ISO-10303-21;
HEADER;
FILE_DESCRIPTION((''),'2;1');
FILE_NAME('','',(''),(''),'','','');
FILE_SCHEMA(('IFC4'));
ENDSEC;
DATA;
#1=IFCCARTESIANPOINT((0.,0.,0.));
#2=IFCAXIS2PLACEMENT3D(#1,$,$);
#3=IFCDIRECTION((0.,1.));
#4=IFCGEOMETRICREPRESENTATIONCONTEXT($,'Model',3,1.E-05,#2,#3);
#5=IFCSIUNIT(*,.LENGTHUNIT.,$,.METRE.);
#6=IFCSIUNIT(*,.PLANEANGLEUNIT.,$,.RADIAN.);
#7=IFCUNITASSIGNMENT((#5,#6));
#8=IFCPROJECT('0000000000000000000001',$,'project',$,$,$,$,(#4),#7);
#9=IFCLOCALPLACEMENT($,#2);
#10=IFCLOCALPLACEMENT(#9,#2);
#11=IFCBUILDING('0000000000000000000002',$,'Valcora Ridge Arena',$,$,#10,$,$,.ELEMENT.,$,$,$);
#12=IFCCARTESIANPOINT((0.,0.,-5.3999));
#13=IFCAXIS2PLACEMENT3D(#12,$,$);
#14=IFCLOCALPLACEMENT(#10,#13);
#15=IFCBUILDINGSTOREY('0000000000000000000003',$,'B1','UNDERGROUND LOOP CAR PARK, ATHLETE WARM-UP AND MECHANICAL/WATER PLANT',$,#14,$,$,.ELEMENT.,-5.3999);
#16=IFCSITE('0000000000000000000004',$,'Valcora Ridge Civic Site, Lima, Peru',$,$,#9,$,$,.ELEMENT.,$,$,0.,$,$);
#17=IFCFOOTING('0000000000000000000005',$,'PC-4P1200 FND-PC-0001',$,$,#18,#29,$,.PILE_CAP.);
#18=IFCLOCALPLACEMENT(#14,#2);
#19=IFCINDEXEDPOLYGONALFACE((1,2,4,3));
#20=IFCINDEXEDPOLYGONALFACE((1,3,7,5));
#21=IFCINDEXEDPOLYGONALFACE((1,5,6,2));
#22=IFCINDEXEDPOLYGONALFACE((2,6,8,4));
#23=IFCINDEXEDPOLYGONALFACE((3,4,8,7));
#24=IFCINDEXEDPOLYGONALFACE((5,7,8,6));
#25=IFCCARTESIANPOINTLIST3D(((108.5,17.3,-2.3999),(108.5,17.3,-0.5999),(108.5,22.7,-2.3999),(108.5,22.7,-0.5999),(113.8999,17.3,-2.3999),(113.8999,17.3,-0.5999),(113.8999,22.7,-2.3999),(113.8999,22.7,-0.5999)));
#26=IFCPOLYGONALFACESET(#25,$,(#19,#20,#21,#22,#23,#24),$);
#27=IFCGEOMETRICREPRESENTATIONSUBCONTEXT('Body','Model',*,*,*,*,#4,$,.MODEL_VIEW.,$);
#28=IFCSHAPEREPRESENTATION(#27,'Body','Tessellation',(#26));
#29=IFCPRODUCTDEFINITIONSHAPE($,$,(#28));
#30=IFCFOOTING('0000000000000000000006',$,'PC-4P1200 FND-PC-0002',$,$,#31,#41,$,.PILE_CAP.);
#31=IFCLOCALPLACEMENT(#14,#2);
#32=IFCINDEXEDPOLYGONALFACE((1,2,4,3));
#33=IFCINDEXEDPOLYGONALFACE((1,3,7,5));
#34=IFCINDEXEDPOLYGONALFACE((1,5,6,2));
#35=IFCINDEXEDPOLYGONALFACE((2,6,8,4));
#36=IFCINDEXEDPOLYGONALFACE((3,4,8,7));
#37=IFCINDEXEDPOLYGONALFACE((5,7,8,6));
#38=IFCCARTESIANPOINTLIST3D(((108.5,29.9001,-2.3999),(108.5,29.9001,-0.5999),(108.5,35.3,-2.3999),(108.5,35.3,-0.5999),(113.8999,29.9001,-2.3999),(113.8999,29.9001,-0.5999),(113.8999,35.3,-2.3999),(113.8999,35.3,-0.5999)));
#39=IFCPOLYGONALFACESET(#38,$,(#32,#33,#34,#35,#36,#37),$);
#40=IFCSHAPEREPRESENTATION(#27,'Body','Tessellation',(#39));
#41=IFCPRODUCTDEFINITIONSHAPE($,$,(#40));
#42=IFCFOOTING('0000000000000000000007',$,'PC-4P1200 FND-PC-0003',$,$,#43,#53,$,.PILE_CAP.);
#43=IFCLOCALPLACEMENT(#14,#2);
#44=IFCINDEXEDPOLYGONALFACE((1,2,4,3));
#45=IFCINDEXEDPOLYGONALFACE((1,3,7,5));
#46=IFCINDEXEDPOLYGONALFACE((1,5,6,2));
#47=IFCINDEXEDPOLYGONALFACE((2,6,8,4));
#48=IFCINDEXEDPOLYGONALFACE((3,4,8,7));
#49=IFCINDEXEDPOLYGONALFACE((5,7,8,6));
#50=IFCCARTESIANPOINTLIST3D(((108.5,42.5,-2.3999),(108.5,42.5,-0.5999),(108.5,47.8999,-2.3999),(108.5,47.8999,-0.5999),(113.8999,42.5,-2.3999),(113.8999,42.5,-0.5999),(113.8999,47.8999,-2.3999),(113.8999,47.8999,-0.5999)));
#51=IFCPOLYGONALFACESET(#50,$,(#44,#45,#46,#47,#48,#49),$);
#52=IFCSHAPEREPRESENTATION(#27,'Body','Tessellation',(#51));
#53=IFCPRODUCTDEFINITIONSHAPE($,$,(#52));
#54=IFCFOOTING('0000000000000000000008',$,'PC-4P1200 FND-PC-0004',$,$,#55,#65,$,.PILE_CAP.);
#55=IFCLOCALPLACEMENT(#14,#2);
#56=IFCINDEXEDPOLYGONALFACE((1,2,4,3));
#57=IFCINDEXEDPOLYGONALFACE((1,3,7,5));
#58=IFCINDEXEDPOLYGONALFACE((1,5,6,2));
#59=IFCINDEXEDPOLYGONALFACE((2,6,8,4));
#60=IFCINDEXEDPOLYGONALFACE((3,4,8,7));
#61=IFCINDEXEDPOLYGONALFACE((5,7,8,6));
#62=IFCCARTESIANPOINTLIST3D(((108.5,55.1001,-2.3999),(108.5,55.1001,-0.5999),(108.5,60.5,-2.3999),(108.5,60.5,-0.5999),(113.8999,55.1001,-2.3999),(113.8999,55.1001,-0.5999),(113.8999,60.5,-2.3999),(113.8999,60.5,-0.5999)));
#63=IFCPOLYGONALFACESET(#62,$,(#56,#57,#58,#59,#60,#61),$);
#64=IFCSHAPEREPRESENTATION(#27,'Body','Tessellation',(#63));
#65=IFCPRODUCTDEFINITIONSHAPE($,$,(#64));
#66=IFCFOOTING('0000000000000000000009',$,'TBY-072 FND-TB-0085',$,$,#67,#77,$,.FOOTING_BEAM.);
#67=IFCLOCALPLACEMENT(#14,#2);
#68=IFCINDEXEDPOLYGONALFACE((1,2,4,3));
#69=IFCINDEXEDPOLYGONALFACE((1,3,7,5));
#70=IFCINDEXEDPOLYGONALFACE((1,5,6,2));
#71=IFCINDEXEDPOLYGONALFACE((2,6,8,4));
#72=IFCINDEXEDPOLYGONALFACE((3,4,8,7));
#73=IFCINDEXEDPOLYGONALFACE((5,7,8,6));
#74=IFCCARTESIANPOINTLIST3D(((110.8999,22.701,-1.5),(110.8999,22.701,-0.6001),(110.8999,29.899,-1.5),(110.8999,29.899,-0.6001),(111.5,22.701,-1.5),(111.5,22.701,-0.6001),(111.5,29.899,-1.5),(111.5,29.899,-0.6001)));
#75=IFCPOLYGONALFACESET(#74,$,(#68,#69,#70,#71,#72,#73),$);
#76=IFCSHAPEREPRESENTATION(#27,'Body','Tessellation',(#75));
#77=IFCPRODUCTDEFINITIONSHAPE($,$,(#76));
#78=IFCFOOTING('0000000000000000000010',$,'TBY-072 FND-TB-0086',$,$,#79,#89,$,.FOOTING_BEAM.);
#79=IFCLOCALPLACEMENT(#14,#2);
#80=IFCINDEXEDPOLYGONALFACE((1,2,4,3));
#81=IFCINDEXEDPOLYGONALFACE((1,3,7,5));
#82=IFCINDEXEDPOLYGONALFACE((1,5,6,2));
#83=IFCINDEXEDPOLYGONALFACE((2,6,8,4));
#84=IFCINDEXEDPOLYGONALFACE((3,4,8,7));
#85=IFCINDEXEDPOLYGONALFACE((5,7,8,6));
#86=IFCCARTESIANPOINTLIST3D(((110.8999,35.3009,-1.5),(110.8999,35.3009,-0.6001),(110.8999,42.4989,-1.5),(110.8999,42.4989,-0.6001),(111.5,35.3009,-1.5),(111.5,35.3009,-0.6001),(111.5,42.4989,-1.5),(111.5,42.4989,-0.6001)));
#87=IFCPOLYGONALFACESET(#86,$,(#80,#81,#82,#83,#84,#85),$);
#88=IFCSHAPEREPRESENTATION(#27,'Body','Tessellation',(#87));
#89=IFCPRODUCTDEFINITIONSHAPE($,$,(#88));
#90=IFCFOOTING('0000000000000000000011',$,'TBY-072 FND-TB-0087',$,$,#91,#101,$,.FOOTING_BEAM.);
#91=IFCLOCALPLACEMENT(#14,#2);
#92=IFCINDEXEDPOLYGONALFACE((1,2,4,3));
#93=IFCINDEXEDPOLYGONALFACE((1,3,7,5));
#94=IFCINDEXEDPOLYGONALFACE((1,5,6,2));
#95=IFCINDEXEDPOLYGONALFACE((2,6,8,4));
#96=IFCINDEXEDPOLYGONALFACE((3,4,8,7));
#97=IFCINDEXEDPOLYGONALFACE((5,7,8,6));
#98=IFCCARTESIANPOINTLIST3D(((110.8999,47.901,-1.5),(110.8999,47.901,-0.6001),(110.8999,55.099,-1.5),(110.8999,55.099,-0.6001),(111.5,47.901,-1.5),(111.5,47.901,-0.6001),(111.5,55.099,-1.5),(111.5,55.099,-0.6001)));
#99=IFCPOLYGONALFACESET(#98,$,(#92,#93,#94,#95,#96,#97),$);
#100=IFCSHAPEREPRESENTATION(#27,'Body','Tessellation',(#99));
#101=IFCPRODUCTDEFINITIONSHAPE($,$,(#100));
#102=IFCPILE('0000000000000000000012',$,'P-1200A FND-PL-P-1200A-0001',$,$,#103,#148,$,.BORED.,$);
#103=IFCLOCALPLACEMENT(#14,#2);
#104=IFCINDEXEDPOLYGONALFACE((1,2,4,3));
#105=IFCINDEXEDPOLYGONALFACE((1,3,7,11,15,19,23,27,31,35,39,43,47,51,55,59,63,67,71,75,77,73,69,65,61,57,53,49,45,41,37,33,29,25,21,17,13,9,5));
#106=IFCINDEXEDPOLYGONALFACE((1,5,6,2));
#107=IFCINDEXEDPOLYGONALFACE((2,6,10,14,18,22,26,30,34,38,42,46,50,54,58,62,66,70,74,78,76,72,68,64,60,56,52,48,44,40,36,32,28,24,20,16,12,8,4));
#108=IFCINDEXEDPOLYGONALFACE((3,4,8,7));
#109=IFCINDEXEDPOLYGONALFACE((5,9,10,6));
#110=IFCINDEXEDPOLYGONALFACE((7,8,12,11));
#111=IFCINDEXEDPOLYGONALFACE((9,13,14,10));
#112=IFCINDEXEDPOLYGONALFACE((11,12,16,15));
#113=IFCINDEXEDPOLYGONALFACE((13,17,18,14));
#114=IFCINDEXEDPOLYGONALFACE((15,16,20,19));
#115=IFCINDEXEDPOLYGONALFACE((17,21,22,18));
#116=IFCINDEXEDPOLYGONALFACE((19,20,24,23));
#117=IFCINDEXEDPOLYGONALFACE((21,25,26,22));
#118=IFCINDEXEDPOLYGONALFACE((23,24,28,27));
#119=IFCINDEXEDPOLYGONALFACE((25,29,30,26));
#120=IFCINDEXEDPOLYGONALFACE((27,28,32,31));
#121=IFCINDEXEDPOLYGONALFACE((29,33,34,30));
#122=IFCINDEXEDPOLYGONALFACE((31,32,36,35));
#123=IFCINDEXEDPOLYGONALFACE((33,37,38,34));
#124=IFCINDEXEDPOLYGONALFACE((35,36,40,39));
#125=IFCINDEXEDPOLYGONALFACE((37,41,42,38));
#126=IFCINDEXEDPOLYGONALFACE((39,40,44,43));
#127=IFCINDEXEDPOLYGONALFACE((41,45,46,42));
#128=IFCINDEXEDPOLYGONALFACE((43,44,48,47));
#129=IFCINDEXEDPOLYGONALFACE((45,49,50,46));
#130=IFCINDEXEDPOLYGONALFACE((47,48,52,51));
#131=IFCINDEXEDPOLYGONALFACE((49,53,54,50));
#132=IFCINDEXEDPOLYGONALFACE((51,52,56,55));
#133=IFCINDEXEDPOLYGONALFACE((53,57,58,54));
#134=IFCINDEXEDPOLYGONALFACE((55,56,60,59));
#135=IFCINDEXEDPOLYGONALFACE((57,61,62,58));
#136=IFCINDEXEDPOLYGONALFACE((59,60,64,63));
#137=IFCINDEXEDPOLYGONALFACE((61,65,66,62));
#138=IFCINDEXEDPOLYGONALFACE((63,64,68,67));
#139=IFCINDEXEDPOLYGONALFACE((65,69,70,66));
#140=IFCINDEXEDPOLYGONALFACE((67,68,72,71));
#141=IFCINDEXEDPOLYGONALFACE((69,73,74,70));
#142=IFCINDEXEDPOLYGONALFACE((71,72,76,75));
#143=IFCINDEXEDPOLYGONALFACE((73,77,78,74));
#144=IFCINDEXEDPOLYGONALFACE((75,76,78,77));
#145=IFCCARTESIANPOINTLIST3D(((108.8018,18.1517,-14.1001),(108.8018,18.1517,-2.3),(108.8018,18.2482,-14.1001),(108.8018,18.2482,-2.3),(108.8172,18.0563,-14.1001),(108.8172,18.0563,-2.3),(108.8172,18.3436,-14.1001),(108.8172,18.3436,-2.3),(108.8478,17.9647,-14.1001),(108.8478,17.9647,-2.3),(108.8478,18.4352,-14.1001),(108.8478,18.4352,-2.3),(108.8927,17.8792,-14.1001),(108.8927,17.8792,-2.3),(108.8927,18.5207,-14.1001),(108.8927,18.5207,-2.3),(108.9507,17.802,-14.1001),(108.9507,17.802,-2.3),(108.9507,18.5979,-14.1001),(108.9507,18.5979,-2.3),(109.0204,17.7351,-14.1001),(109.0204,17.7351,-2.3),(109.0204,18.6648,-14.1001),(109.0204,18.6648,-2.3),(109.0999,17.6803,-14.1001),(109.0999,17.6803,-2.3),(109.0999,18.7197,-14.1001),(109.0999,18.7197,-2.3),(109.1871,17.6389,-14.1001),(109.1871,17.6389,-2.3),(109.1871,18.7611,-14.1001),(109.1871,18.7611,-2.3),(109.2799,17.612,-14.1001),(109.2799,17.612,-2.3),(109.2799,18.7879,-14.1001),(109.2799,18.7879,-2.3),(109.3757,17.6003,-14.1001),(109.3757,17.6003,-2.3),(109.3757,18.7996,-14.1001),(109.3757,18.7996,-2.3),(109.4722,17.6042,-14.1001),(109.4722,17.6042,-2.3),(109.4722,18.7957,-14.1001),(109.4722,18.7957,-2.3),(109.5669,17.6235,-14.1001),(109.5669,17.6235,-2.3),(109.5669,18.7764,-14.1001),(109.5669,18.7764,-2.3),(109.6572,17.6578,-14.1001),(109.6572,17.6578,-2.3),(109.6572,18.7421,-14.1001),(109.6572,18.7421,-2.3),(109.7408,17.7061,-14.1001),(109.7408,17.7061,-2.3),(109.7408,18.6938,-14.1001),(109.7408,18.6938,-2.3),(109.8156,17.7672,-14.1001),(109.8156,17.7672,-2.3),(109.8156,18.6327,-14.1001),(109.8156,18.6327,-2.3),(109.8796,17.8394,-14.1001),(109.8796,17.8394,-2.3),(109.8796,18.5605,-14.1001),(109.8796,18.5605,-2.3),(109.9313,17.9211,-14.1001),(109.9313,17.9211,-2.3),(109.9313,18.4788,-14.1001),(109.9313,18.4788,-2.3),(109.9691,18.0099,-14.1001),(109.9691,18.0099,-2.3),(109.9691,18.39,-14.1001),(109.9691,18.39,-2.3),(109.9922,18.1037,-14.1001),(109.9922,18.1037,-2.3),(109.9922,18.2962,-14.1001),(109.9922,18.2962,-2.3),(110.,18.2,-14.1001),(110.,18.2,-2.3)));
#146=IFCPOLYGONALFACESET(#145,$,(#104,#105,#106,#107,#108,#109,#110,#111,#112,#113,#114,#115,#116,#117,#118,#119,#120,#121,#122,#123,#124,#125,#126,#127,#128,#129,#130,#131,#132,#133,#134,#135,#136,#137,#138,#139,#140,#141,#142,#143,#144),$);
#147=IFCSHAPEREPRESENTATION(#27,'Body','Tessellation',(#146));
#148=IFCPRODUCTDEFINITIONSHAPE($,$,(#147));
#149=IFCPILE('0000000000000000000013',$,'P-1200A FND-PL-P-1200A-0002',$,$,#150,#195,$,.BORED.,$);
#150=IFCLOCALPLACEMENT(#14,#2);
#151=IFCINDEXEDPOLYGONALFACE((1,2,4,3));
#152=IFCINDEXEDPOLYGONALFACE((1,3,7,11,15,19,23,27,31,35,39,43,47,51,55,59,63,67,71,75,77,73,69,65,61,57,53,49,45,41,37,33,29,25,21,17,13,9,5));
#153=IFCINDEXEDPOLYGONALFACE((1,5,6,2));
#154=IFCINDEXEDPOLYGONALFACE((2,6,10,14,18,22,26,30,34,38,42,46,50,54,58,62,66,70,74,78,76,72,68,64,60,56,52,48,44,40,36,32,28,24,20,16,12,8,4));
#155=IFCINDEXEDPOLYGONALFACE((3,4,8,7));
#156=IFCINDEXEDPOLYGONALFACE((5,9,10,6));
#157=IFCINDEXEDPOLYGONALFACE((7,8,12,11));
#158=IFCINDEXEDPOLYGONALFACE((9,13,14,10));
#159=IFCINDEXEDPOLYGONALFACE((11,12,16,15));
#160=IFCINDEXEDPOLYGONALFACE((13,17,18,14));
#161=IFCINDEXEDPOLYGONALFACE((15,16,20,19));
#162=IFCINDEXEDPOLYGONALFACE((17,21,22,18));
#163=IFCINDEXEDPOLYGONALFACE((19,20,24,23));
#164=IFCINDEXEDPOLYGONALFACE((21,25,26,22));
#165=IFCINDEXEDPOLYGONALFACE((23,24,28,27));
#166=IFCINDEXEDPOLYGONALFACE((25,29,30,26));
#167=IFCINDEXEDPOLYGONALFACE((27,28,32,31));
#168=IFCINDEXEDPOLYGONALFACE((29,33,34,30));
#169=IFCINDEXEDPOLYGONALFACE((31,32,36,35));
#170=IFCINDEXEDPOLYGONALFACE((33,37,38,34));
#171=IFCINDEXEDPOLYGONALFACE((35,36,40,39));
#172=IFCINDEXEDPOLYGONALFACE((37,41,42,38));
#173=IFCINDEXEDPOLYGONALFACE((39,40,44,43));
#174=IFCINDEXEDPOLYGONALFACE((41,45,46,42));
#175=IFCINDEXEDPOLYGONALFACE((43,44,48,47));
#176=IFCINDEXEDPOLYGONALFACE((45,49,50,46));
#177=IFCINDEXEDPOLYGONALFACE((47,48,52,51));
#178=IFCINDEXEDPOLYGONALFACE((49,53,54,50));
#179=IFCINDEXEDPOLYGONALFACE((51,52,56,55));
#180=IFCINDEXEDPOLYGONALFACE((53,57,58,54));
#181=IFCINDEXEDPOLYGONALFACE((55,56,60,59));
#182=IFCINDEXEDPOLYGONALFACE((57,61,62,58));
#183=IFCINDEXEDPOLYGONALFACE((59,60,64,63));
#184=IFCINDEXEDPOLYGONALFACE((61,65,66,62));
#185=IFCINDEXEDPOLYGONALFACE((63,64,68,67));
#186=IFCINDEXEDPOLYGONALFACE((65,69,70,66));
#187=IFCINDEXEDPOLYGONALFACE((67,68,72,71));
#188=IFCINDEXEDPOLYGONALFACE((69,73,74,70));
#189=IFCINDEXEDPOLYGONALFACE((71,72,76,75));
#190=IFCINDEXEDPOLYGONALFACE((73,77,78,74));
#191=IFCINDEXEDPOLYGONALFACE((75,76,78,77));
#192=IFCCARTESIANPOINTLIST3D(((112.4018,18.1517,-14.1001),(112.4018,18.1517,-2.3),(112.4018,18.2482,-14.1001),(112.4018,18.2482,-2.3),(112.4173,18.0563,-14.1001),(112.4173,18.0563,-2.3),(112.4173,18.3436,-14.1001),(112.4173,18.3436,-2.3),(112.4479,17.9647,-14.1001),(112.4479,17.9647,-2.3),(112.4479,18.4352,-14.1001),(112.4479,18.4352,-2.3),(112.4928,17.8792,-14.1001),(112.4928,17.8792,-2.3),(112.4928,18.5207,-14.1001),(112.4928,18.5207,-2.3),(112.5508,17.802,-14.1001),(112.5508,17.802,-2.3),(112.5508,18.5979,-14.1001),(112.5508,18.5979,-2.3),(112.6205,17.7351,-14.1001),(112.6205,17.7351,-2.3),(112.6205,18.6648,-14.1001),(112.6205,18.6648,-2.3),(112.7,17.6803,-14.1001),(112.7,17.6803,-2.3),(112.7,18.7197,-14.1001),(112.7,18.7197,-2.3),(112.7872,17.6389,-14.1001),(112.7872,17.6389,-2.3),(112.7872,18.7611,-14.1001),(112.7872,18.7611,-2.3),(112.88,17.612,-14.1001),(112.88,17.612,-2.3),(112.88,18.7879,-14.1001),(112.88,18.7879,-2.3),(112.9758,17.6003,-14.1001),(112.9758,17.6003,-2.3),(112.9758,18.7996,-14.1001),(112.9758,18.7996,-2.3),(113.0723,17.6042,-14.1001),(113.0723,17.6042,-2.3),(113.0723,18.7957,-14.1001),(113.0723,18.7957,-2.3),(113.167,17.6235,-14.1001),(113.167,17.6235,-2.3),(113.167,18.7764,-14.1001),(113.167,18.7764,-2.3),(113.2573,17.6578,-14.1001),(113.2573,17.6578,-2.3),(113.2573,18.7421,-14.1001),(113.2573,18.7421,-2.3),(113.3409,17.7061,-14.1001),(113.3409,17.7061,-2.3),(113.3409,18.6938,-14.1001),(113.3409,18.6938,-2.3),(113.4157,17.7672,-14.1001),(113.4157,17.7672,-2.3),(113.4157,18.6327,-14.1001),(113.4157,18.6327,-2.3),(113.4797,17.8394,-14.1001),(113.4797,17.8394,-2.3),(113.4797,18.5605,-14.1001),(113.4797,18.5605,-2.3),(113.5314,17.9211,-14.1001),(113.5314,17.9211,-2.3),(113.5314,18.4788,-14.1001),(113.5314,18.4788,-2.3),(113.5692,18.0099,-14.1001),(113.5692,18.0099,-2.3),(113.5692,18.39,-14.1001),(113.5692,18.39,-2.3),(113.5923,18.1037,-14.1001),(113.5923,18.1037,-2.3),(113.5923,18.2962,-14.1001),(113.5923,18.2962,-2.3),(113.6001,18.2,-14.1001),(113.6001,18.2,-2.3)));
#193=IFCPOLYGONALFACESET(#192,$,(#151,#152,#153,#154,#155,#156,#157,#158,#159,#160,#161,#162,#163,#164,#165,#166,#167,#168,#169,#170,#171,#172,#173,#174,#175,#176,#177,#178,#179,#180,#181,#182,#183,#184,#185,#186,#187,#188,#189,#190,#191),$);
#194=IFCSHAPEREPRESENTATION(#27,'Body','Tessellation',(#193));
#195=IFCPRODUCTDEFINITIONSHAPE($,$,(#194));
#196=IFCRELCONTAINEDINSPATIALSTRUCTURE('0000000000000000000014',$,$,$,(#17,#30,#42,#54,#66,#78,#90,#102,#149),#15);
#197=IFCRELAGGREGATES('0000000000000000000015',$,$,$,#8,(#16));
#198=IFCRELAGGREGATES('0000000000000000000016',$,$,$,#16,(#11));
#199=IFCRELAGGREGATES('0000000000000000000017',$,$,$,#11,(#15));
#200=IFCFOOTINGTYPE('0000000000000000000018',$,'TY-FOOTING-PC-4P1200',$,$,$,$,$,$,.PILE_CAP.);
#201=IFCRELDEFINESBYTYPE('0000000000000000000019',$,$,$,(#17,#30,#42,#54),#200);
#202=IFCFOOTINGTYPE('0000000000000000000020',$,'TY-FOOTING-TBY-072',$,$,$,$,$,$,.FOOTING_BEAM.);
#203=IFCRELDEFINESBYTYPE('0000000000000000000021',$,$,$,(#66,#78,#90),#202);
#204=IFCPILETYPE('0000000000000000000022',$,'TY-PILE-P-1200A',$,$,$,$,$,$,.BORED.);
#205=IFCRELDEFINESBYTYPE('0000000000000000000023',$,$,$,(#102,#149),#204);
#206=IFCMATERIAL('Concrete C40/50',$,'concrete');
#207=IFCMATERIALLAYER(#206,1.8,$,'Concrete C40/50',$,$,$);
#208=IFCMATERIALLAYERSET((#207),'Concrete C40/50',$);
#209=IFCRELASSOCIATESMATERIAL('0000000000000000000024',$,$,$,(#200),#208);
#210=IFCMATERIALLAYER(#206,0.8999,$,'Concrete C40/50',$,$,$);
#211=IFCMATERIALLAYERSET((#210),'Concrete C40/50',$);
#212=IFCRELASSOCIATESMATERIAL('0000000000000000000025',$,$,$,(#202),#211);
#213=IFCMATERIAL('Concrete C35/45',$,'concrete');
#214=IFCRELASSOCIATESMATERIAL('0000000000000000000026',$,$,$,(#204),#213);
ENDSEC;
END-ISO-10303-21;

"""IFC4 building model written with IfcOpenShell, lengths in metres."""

from ifc_helpers import new_model, si_unit, direction, frame, origin, origin_2d, place, context, subcontext, project, spatial, rectangle, circle, extrude, material, layer, layer_set, material_profile, profile_set, type_object, element, save


model = new_model("IFC4")

# Units and contexts
model_context = context("Model", 3, precision=1e-05, world=origin(), true_north=direction((0.0, 1.0)))
body_context = subcontext(model_context, "Body", "Model", "MODEL_VIEW")
ifc_project = project(units=[si_unit("LENGTHUNIT", "METRE"), si_unit("PLANEANGLEUNIT", "RADIAN")], contexts=[model_context])

# Site, building, storey
site_placement = place(None, origin())
site = spatial("IfcSite", under=ifc_project, at=site_placement, Name="Valcora Ridge Civic Site, Lima, Peru", CompositionType="ELEMENT", RefElevation=0.0)
building_placement = place(site_placement, origin())
building = spatial("IfcBuilding", under=site, at=building_placement, Name="Valcora Ridge Arena", CompositionType="ELEMENT")
storey_placement = place(building_placement, frame((0.0, 0.0, -5.3999)))
storey = spatial("IfcBuildingStorey", under=building, at=storey_placement, Name="B1", Description="UNDERGROUND LOOP CAR PARK, ATHLETE WARM-UP AND MECHANICAL/WATER PLANT", CompositionType="ELEMENT", Elevation=-5.3999)

# Footings
ifc_material_1 = material(Name="Concrete C40/50", Category="concrete")
ifc_layer_1 = layer(ifc_material_1, 1.8, Name="Concrete C40/50")
ifc_layer_set_1 = layer_set([ifc_layer_1], Name="Concrete C40/50")
footing_type_1 = type_object("IfcFootingType", Name="TY-FOOTING-PC-4P1200", PredefinedType="PILE_CAP", material=ifc_layer_set_1)
for number, where, z_axis, x_axis, name in (
    (1, (111.2, 20.0, -2.3999), (0.0, 0.0, 1.0), (1.0, 0.0, 0.0), "PC-4P1200 FND-PC-0001"),
    (2, (111.2, 32.6001, -2.3999), (0.0, 0.0, 1.0), (1.0, 0.0, 0.0), "PC-4P1200 FND-PC-0002"),
    (3, (111.2, 45.2, -2.3999), (0.0, 0.0, 1.0), (1.0, 0.0, 0.0), "PC-4P1200 FND-PC-0003"),
    (4, (111.2, 57.8, -2.3999), (0.0, 0.0, 1.0), (1.0, 0.0, 0.0), "PC-4P1200 FND-PC-0004"),
):
    element("IfcFooting", number, at=place(storey_placement, frame(where, z_axis=z_axis, x_axis=x_axis)), inside=storey, type_object=footing_type_1, Name=name, PredefinedType="PILE_CAP", context=body_context, shape_type="SweptSolid", body=[
        extrude(rectangle(XDim=5.3999, YDim=5.3999, at=origin_2d()), origin(), (0.0, 0.0, 1.0), 1.8),
    ])
ifc_layer_2 = layer(ifc_material_1, 0.8999, Name="Concrete C40/50")
ifc_layer_set_2 = layer_set([ifc_layer_2], Name="Concrete C40/50")
footing_type_2 = type_object("IfcFootingType", Name="TY-FOOTING-TBY-072", PredefinedType="FOOTING_BEAM", material=ifc_layer_set_2)
for number, where, z_axis, x_axis, name in (
    (5, (111.2, 26.3, -1.5), (0.0, 0.0, 1.0), (1.0, 0.0, 0.0), "TBY-072 FND-TB-0085"),
    (6, (111.2, 38.8999, -1.5), (0.0, 0.0, 1.0), (1.0, 0.0, 0.0), "TBY-072 FND-TB-0086"),
    (7, (111.2, 51.5, -1.5), (0.0, 0.0, 1.0), (1.0, 0.0, 0.0), "TBY-072 FND-TB-0087"),
):
    element("IfcFooting", number, at=place(storey_placement, frame(where, z_axis=z_axis, x_axis=x_axis)), inside=storey, type_object=footing_type_2, Name=name, PredefinedType="FOOTING_BEAM", context=body_context, shape_type="SweptSolid", body=[
        extrude(rectangle(XDim=0.6001, YDim=7.198, at=origin_2d()), origin(), (0.0, 0.0, 1.0), 0.8999),
    ])

# Piles
ifc_material_2 = material(Name="Concrete C35/45", Category="concrete")
ifc_material_profile_1 = material_profile(ifc_material_2, circle(Radius=0.6001, at=origin_2d()), Name="BORED PILE D1200")
ifc_profile_set_1 = profile_set([ifc_material_profile_1], Name="Concrete C35/45")
pile_type = type_object("IfcPileType", Name="TY-PILE-P-1200A", PredefinedType="BORED", material=ifc_profile_set_1)
for number, where, z_axis, x_axis, name in (
    (8, (109.3999, 18.2, -2.3), (0.0, 0.0, -1.0), (1.0, 0.0, 0.0), "P-1200A FND-PL-P-1200A-0001"),
    (9, (113.0, 18.2, -2.3), (0.0, 0.0, -1.0), (1.0, 0.0, 0.0), "P-1200A FND-PL-P-1200A-0002"),
):
    element("IfcPile", number, at=place(storey_placement, frame(where, z_axis=z_axis, x_axis=x_axis)), inside=storey, type_object=pile_type, Name=name, PredefinedType="BORED", context=body_context, shape_type="SweptSolid", body=[
        extrude(circle(Radius=0.6001, at=origin_2d()), origin(), (0.0, 0.0, 1.0), 11.8),
    ])

save(model, "model.ifc")
